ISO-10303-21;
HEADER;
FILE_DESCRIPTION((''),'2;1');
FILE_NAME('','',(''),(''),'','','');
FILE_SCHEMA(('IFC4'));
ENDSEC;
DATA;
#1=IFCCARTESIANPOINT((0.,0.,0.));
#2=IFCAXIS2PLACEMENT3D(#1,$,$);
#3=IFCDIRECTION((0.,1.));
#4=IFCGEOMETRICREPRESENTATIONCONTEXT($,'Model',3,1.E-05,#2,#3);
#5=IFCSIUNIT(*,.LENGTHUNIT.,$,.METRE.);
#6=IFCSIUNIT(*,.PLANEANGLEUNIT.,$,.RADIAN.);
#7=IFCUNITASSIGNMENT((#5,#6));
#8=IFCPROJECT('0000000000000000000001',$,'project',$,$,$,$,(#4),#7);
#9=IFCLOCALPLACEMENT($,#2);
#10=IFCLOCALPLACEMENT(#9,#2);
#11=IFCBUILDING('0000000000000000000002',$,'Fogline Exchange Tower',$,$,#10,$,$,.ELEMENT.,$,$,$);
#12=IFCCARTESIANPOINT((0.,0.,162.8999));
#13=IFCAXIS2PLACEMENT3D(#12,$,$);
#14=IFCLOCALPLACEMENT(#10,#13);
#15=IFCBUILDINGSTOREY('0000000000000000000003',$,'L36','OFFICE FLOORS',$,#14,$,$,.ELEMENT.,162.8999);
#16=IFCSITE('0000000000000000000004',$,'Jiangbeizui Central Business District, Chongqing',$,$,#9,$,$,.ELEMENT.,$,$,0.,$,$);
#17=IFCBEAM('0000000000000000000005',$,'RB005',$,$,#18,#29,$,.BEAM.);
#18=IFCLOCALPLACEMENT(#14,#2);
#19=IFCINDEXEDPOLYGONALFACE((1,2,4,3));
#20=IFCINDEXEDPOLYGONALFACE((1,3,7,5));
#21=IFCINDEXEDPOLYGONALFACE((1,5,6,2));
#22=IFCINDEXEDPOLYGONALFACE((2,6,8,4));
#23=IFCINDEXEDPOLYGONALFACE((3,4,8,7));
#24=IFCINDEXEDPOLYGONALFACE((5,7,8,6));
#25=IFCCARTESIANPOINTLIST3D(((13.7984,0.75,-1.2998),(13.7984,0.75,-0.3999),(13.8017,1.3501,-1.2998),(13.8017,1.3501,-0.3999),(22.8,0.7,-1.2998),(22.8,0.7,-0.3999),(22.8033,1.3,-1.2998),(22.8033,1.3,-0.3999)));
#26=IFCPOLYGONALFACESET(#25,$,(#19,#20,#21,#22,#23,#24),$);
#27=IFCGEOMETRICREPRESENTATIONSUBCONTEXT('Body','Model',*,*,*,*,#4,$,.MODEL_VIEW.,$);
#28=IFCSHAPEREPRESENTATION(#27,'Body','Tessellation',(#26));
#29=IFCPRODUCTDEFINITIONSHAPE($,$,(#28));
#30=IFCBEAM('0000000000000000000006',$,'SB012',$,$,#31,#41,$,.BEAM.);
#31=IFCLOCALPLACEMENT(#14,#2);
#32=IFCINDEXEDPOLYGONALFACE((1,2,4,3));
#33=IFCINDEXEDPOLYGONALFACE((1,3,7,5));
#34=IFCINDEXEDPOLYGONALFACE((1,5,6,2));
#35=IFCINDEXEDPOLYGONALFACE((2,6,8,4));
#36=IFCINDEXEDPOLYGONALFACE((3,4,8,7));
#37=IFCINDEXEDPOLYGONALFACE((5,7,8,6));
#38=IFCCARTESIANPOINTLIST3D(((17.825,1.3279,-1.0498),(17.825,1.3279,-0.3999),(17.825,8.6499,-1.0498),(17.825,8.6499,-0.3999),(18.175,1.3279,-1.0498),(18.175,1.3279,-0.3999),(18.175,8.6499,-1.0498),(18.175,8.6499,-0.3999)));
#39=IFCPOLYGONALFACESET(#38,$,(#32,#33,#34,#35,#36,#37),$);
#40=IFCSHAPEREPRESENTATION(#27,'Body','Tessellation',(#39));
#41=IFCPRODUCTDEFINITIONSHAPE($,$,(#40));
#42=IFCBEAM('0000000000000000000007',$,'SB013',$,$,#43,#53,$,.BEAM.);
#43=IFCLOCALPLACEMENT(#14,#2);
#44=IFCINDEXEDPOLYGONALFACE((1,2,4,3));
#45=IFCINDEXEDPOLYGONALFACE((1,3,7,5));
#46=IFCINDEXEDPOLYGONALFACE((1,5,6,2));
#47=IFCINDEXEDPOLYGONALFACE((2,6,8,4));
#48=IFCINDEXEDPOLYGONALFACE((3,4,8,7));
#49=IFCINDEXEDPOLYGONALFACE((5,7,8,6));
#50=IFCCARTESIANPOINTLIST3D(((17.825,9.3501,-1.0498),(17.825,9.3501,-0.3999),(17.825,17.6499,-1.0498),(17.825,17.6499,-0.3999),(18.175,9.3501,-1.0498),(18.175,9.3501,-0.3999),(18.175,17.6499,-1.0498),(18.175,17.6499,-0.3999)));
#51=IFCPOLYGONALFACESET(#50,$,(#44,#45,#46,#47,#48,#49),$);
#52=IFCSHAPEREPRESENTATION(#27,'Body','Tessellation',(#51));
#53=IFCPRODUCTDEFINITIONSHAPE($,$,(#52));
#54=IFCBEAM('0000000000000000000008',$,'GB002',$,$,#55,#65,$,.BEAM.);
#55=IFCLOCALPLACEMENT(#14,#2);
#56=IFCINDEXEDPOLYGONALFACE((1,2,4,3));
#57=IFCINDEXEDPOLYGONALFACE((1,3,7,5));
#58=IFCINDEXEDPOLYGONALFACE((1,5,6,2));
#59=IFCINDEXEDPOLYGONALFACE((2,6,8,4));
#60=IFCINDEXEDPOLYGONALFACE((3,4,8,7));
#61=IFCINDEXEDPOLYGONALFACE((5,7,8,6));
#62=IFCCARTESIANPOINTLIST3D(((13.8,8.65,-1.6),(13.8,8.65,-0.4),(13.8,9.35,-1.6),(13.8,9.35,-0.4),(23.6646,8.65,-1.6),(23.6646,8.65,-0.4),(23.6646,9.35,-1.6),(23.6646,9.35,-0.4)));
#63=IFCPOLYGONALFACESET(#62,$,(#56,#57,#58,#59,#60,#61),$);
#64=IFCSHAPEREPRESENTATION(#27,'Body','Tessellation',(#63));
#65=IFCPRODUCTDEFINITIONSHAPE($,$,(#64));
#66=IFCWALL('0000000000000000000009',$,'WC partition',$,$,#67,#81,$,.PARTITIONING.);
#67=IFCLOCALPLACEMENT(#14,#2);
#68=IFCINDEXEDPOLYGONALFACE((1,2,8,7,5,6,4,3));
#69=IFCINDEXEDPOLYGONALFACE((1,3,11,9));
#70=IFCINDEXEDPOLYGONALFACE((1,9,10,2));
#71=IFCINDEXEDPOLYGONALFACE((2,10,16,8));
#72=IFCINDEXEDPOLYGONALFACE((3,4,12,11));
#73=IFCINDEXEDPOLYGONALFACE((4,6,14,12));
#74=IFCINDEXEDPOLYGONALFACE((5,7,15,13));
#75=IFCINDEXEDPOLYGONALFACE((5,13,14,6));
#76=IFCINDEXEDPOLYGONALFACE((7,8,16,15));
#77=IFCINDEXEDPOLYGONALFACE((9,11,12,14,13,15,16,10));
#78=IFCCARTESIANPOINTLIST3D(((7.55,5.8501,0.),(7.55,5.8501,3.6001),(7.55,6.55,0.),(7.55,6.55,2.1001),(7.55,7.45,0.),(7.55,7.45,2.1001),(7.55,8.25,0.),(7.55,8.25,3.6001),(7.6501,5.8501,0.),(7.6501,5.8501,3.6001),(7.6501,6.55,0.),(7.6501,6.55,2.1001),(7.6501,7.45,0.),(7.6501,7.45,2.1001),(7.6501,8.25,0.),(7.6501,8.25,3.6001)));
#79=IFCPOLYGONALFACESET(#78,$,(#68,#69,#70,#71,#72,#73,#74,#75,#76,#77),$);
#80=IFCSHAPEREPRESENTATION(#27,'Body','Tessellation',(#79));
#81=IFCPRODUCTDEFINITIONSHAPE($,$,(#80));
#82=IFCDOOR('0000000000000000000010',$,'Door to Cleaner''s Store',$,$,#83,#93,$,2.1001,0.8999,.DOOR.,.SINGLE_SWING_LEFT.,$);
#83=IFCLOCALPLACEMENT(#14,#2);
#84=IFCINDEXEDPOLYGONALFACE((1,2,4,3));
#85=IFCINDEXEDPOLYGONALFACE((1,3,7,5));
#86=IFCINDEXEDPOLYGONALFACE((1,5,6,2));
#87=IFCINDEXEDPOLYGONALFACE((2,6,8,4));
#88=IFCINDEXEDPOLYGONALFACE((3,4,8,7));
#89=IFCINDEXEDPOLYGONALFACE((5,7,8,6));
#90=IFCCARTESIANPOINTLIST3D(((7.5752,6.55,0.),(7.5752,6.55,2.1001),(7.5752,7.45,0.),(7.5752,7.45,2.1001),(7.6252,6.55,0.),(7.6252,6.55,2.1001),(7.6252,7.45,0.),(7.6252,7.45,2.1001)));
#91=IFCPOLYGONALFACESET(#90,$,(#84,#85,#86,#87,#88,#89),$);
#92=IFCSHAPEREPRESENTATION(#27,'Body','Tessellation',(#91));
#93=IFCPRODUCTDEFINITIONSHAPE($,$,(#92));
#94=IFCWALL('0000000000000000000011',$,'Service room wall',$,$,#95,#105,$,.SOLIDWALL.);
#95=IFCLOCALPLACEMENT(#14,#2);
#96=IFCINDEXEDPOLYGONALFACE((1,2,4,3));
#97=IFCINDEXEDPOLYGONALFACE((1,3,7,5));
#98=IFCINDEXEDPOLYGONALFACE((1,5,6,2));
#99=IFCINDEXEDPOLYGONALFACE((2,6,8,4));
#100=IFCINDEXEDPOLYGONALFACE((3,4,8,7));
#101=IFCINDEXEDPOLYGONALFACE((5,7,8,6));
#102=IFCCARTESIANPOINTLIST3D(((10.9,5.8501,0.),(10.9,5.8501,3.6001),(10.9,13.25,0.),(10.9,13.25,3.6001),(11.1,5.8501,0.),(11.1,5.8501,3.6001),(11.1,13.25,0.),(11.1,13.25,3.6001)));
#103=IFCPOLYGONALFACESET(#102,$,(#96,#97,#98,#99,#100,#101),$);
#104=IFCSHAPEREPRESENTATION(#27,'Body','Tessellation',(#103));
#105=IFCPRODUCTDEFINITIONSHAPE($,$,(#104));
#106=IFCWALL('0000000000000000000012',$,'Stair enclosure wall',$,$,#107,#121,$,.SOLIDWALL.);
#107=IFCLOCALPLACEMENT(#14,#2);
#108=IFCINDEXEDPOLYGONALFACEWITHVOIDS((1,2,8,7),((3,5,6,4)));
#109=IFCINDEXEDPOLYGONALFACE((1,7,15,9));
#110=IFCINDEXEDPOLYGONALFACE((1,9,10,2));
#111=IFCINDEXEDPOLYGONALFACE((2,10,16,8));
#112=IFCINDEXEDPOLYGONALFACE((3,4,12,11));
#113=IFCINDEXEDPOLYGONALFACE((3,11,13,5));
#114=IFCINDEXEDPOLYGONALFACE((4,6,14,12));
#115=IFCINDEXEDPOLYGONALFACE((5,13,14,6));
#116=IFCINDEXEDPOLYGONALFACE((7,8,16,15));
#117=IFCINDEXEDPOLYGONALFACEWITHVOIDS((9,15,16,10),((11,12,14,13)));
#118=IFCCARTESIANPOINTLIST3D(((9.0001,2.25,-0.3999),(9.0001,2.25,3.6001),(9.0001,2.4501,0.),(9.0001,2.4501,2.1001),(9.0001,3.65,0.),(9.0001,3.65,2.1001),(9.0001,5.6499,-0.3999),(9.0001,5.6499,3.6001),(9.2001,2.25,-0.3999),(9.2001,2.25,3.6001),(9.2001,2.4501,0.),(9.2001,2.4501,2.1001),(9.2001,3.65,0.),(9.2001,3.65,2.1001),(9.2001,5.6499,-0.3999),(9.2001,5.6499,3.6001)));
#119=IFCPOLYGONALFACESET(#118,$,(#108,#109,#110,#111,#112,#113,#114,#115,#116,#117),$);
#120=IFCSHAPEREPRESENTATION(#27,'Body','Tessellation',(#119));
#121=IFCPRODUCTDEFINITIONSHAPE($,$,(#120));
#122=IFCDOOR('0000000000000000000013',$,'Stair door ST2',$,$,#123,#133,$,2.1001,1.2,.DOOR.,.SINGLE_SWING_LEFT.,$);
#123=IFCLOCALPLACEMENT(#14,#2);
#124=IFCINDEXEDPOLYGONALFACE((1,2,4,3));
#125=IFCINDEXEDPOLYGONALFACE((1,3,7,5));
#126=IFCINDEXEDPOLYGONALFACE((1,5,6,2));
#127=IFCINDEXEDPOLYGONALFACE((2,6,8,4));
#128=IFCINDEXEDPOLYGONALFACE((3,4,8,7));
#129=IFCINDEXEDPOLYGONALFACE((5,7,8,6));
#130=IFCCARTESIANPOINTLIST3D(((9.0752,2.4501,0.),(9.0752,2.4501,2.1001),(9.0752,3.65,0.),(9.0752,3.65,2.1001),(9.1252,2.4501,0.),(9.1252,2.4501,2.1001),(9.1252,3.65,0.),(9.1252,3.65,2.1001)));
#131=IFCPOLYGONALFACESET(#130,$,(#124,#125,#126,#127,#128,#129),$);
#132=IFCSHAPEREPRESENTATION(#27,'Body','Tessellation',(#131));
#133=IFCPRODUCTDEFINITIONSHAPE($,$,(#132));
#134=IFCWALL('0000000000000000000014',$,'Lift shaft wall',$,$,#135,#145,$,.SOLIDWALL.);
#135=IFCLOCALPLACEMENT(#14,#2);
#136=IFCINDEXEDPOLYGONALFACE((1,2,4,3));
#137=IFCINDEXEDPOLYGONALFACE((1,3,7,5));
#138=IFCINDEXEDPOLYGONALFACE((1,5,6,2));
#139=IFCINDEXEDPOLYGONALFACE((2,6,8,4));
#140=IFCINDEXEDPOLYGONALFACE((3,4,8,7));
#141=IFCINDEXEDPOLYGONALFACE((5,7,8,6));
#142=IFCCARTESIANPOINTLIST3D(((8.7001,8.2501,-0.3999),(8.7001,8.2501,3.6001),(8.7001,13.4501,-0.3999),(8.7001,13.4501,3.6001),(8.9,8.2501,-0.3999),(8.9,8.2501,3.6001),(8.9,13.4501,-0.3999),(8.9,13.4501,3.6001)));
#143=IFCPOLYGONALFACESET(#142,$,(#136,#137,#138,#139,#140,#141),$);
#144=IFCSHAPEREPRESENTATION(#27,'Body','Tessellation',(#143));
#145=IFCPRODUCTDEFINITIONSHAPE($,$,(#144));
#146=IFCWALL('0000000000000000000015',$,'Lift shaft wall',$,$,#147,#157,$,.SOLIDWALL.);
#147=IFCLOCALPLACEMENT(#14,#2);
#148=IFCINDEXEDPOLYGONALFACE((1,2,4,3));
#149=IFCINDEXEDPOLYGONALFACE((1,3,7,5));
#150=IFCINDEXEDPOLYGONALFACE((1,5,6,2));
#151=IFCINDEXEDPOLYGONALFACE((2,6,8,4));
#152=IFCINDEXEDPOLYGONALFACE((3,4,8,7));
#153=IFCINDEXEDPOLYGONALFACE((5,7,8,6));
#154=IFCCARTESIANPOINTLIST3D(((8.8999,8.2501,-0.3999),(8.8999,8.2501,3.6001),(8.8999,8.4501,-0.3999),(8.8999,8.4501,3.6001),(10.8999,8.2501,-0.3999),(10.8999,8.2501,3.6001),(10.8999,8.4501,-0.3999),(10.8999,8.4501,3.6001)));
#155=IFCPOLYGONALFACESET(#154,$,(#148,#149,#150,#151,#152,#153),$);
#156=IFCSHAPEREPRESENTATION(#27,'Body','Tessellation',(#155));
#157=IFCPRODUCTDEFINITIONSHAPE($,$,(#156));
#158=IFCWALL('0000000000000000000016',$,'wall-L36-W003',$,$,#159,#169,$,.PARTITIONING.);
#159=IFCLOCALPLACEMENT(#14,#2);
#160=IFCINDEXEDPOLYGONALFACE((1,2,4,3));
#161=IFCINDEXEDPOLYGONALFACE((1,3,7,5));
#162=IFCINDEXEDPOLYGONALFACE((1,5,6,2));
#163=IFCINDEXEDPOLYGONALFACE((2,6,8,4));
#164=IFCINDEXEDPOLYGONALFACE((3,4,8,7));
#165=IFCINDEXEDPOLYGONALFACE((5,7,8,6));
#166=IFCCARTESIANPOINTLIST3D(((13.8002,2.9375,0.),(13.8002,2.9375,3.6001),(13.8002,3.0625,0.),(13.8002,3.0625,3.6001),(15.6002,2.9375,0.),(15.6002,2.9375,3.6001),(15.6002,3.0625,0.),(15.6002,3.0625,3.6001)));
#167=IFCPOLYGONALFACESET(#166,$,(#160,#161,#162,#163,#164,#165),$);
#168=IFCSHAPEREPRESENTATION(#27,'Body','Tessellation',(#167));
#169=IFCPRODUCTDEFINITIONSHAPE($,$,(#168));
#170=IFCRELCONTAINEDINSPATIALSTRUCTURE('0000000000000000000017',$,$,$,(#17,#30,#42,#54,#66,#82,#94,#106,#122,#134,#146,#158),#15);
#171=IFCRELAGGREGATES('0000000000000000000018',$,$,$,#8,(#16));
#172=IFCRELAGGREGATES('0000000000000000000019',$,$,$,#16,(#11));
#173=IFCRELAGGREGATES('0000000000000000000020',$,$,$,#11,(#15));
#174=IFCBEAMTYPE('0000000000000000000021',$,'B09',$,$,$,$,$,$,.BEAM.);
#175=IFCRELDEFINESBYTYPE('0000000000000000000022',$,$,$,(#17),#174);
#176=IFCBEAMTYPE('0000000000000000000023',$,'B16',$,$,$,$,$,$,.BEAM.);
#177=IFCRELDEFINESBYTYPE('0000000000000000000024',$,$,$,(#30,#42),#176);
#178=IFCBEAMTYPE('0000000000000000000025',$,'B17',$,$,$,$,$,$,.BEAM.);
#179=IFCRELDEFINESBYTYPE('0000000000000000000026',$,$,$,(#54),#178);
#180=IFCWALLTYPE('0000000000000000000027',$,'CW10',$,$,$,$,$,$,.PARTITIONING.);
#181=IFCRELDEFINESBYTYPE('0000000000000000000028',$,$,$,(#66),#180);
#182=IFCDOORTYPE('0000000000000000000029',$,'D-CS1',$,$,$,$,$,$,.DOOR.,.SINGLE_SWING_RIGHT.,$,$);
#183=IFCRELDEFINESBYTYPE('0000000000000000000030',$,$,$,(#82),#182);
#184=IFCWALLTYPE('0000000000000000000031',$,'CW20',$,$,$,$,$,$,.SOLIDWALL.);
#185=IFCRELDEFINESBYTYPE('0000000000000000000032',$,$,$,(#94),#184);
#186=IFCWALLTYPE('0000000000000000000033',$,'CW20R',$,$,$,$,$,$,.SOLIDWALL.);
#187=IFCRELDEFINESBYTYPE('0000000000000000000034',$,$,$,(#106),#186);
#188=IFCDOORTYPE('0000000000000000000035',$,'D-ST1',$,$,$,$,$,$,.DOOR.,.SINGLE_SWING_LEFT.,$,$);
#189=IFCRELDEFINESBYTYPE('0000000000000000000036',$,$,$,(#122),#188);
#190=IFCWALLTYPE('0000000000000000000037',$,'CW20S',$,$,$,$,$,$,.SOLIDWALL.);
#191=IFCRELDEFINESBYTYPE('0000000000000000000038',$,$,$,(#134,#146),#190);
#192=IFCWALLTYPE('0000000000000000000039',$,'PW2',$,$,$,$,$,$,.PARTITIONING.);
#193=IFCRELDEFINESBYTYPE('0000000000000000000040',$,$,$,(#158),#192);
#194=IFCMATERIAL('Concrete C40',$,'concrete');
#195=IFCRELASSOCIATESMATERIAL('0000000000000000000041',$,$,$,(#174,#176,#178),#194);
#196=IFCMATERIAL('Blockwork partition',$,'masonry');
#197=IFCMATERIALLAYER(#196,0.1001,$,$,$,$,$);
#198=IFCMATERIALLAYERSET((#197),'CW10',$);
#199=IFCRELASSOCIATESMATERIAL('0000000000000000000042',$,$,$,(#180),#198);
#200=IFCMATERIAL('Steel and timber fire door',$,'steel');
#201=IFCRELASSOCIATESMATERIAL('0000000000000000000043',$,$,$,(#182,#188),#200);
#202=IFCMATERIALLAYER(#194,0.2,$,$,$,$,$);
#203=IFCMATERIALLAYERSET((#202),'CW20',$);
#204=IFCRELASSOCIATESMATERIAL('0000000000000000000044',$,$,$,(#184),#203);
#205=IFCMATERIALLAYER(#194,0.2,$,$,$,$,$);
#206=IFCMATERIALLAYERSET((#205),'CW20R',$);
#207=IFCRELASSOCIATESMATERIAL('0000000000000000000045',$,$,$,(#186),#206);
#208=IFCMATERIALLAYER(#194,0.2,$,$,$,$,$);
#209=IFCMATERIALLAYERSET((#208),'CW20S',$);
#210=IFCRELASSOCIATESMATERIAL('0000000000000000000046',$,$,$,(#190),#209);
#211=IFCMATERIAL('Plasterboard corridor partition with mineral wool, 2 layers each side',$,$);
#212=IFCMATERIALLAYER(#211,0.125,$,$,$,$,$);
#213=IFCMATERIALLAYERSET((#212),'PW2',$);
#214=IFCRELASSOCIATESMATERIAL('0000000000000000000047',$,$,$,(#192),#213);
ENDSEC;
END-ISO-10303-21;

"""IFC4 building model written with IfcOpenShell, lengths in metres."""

from ifc_helpers import new_model, si_unit, direction, frame, frame_2d, origin, origin_2d, place, context, subcontext, project, spatial, rectangle, extrude, material, layer, layer_set, material_profile, profile_set, type_object, element, fill, save


model = new_model("IFC4")

# Units and contexts
model_context = context("Model", 3, precision=1e-05, world=origin(), true_north=direction((0.0, 1.0)))
body_context = subcontext(model_context, "Body", "Model", "MODEL_VIEW")
ifc_project = project(units=[si_unit("LENGTHUNIT", "METRE"), si_unit("PLANEANGLEUNIT", "RADIAN")], contexts=[model_context])

# Site, building, storey
site_placement = place(None, origin())
site = spatial("IfcSite", under=ifc_project, at=site_placement, Name="Jiangbeizui Central Business District, Chongqing", CompositionType="ELEMENT", RefElevation=0.0)
building_placement = place(site_placement, origin())
building = spatial("IfcBuilding", under=site, at=building_placement, Name="Fogline Exchange Tower", CompositionType="ELEMENT")
storey_placement = place(building_placement, frame((0.0, 0.0, 162.8999)))
storey = spatial("IfcBuildingStorey", under=building, at=storey_placement, Name="L36", Description="OFFICE FLOORS", CompositionType="ELEMENT", Elevation=162.8999)

# Beams
ifc_material_1 = material(Name="Concrete C40", Category="concrete")
ifc_material_profile_1 = material_profile(ifc_material_1, rectangle(XDim=0.6001, YDim=0.8999, at=origin_2d()), Name="RC 600x900")
ifc_profile_set_1 = profile_set([ifc_material_profile_1], Name="Concrete C40")
beam_type_1 = type_object("IfcBeamType", Name="B09", PredefinedType="BEAM", material=ifc_profile_set_1)
beam_1_placement = place(storey_placement, frame((13.8, 1.05, -0.8499), z_axis=(0.999985, -0.00556, 0.0), x_axis=(0.00556, 0.999985, 0.0)))
element("IfcBeam", 1, at=beam_1_placement, inside=storey, type_object=beam_type_1, Name="RB005", PredefinedType="BEAM", context=body_context, shape_type="SweptSolid", body=[
    extrude(rectangle(XDim=0.6001, YDim=0.8999, at=origin_2d()), origin(), (0.0, 0.0, 1.0), 9.0017),
])
ifc_material_profile_2 = material_profile(ifc_material_1, rectangle(XDim=0.3501, YDim=0.6499, at=origin_2d()), Name="RC 350x650")
ifc_profile_set_2 = profile_set([ifc_material_profile_2], Name="Concrete C40")
beam_type_2 = type_object("IfcBeamType", Name="B16", PredefinedType="BEAM", material=ifc_profile_set_2)
beam_2_placement = place(storey_placement, frame((18.0, 1.3279, -0.7249), z_axis=(0.0, 1.0, 0.0), x_axis=(-1.0, 0.0, 0.0)))
element("IfcBeam", 2, at=beam_2_placement, inside=storey, type_object=beam_type_2, Name="SB012", PredefinedType="BEAM", context=body_context, shape_type="SweptSolid", body=[
    extrude(rectangle(XDim=0.3501, YDim=0.6499, at=origin_2d()), origin(), (0.0, 0.0, 1.0), 7.322),
])
beam_3_placement = place(storey_placement, frame((18.0, 9.3501, -0.7249), z_axis=(0.0, 1.0, 0.0), x_axis=(-1.0, 0.0, 0.0)))
element("IfcBeam", 3, at=beam_3_placement, inside=storey, type_object=beam_type_2, Name="SB013", PredefinedType="BEAM", context=body_context, shape_type="SweptSolid", body=[
    extrude(rectangle(XDim=0.3501, YDim=0.6499, at=origin_2d()), origin(), (0.0, 0.0, 1.0), 8.2998),
])
ifc_material_profile_3 = material_profile(ifc_material_1, rectangle(XDim=0.7, YDim=1.2, at=origin_2d()), Name="RC 700x1200")
ifc_profile_set_3 = profile_set([ifc_material_profile_3], Name="Concrete C40")
beam_type_3 = type_object("IfcBeamType", Name="B17", PredefinedType="BEAM", material=ifc_profile_set_3)
beam_4_placement = place(storey_placement, frame((13.8, 9.0, -1.0), z_axis=(1.0, 0.0, 0.0), x_axis=(0.0, 1.0, 0.0)))
element("IfcBeam", 4, at=beam_4_placement, inside=storey, type_object=beam_type_3, Name="GB002", PredefinedType="BEAM", context=body_context, shape_type="SweptSolid", body=[
    extrude(rectangle(XDim=0.7, YDim=1.2, at=origin_2d()), origin(), (0.0, 0.0, 1.0), 9.8645),
])

# Wall, opening, door
ifc_material_2 = material(Name="Blockwork partition", Category="masonry")
ifc_layer_1 = layer(ifc_material_2, 0.1001)
ifc_layer_set_1 = layer_set([ifc_layer_1], Name="CW10")
wall_type_1 = type_object("IfcWallType", Name="CW10", PredefinedType="PARTITIONING", material=ifc_layer_set_1)
wall_1_placement = place(storey_placement, frame((7.6001, 5.8501, 0.0), z_axis=(0.0, 0.0, 1.0), x_axis=(0.0, 1.0, 0.0)))
wall_1 = element("IfcWall", 5, at=wall_1_placement, inside=storey, type_object=wall_type_1, Name="WC partition", PredefinedType="PARTITIONING", context=body_context, shape_type="SweptSolid", body=[
    extrude(rectangle(XDim=2.3999, YDim=0.1001, at=frame_2d((1.2, 0.0))), origin(), (0.0, 0.0, 1.0), 3.6001),
])
opening_1_placement = place(wall_1_placement, frame((0.7, 0.0, 0.0)))
opening_1 = element("IfcOpeningElement", 6, at=opening_1_placement, cuts=wall_1, PredefinedType="OPENING", context=body_context, shape_type="SweptSolid", body=[
    extrude(rectangle(XDim=0.8999, YDim=2.1001, at=frame_2d((0.45, 1.05))), frame((0.0, 0.0601, 0.0), z_axis=(0.0, -1.0, 0.0), x_axis=(1.0, 0.0, 0.0)), (0.0, 0.0, 1.0), 0.1201),
])
ifc_material_3 = material(Name="Steel and timber fire door", Category="steel")
door_type_1 = type_object("IfcDoorType", Name="D-CS1", OperationType="SINGLE_SWING_RIGHT", PredefinedType="DOOR", material=ifc_material_3)
door_1_placement = place(opening_1_placement, origin())
door_1 = element("IfcDoor", 7, at=door_1_placement, inside=storey, type_object=door_type_1, Name="Door to Cleaner's Store", OperationType="SINGLE_SWING_LEFT", OverallHeight=2.1001, OverallWidth=0.8999, PredefinedType="DOOR", context=body_context, shape_type="SweptSolid", body=[
    extrude(rectangle(XDim=0.8999, YDim=2.1001, at=frame_2d((0.45, 1.05))), frame((0.0, 0.0249, 0.0), z_axis=(0.0, -1.0, 0.0), x_axis=(1.0, 0.0, 0.0)), (0.0, 0.0, 1.0), 0.05),
])
fill(opening_1, door_1)

# Wall
ifc_layer_2 = layer(ifc_material_1, 0.2)
ifc_layer_set_2 = layer_set([ifc_layer_2], Name="CW20")
wall_type_2 = type_object("IfcWallType", Name="CW20", PredefinedType="SOLIDWALL", material=ifc_layer_set_2)
wall_2_placement = place(storey_placement, frame((11.0, 5.8501, 0.0), z_axis=(0.0, 0.0, 1.0), x_axis=(0.0, 1.0, 0.0)))
element("IfcWall", 8, at=wall_2_placement, inside=storey, type_object=wall_type_2, Name="Service room wall", PredefinedType="SOLIDWALL", context=body_context, shape_type="SweptSolid", body=[
    extrude(rectangle(XDim=7.3999, YDim=0.2, at=frame_2d((3.7, 0.0))), origin(), (0.0, 0.0, 1.0), 3.6001),
])

# Wall, opening, door
ifc_layer_3 = layer(ifc_material_1, 0.2)
ifc_layer_set_3 = layer_set([ifc_layer_3], Name="CW20R")
wall_type_3 = type_object("IfcWallType", Name="CW20R", PredefinedType="SOLIDWALL", material=ifc_layer_set_3)
wall_3_placement = place(storey_placement, frame((9.1001, 2.25, -0.3999), z_axis=(0.0, 0.0, 1.0), x_axis=(0.0, 1.0, 0.0)))
wall_3 = element("IfcWall", 9, at=wall_3_placement, inside=storey, type_object=wall_type_3, Name="Stair enclosure wall", PredefinedType="SOLIDWALL", context=body_context, shape_type="SweptSolid", body=[
    extrude(rectangle(XDim=3.3999, YDim=0.2, at=frame_2d((1.7, 0.0))), origin(), (0.0, 0.0, 1.0), 4.0),
])
opening_2_placement = place(wall_3_placement, frame((0.2, 0.0, 0.3999)))
opening_2 = element("IfcOpeningElement", 10, at=opening_2_placement, cuts=wall_3, PredefinedType="OPENING", context=body_context, shape_type="SweptSolid", body=[
    extrude(rectangle(XDim=1.2, YDim=2.1001, at=frame_2d((0.6001, 1.05))), frame((0.0, 0.1099, 0.0), z_axis=(0.0, -1.0, 0.0), x_axis=(1.0, 0.0, 0.0)), (0.0, 0.0, 1.0), 0.22),
])
door_type_2 = type_object("IfcDoorType", Name="D-ST1", OperationType="SINGLE_SWING_LEFT", PredefinedType="DOOR", material=ifc_material_3)
door_2_placement = place(opening_2_placement, origin())
door_2 = element("IfcDoor", 11, at=door_2_placement, inside=storey, type_object=door_type_2, Name="Stair door ST2", OperationType="SINGLE_SWING_LEFT", OverallHeight=2.1001, OverallWidth=1.2, PredefinedType="DOOR", context=body_context, shape_type="SweptSolid", body=[
    extrude(rectangle(XDim=1.2, YDim=2.1001, at=frame_2d((0.6001, 1.05))), frame((0.0, 0.0249, 0.0), z_axis=(0.0, -1.0, 0.0), x_axis=(1.0, 0.0, 0.0)), (0.0, 0.0, 1.0), 0.05),
])
fill(opening_2, door_2)

# Walls
ifc_layer_4 = layer(ifc_material_1, 0.2)
ifc_layer_set_4 = layer_set([ifc_layer_4], Name="CW20S")
wall_type_4 = type_object("IfcWallType", Name="CW20S", PredefinedType="SOLIDWALL", material=ifc_layer_set_4)
wall_4_placement = place(storey_placement, frame((8.8, 8.25, -0.3999), z_axis=(0.0, 0.0, 1.0), x_axis=(0.0, 1.0, 0.0)))
element("IfcWall", 12, at=wall_4_placement, inside=storey, type_object=wall_type_4, Name="Lift shaft wall", PredefinedType="SOLIDWALL", context=body_context, shape_type="SweptSolid", body=[
    extrude(rectangle(XDim=5.2, YDim=0.2, at=frame_2d((2.6001, 0.0))), origin(), (0.0, 0.0, 1.0), 4.0),
])
wall_5_placement = place(storey_placement, frame((8.8999, 8.3501, -0.3999), z_axis=(0.0, 0.0, 1.0), x_axis=(1.0, 0.0, 0.0)))
element("IfcWall", 13, at=wall_5_placement, inside=storey, type_object=wall_type_4, Name="Lift shaft wall", PredefinedType="SOLIDWALL", context=body_context, shape_type="SweptSolid", body=[
    extrude(rectangle(XDim=2.0, YDim=0.2, at=frame_2d((1.0, 0.0))), origin(), (0.0, 0.0, 1.0), 4.0),
])
ifc_material_4 = material(Name="Plasterboard corridor partition with mineral wool, 2 layers each side")
ifc_layer_5 = layer(ifc_material_4, 0.125)
ifc_layer_set_5 = layer_set([ifc_layer_5], Name="PW2")
wall_type_5 = type_object("IfcWallType", Name="PW2", PredefinedType="PARTITIONING", material=ifc_layer_set_5)
wall_6_placement = place(storey_placement, frame((15.6001, 3.0, 0.0), z_axis=(0.0, 0.0, 1.0), x_axis=(-1.0, 0.0, 0.0)))
element("IfcWall", 14, at=wall_6_placement, inside=storey, type_object=wall_type_5, Name="wall-L36-W003", PredefinedType="PARTITIONING", context=body_context, shape_type="SweptSolid", body=[
    extrude(rectangle(XDim=1.8, YDim=0.125, at=frame_2d((0.8999, 0.0))), origin(), (0.0, 0.0, 1.0), 3.6001),
])

save(model, "model.ifc")
